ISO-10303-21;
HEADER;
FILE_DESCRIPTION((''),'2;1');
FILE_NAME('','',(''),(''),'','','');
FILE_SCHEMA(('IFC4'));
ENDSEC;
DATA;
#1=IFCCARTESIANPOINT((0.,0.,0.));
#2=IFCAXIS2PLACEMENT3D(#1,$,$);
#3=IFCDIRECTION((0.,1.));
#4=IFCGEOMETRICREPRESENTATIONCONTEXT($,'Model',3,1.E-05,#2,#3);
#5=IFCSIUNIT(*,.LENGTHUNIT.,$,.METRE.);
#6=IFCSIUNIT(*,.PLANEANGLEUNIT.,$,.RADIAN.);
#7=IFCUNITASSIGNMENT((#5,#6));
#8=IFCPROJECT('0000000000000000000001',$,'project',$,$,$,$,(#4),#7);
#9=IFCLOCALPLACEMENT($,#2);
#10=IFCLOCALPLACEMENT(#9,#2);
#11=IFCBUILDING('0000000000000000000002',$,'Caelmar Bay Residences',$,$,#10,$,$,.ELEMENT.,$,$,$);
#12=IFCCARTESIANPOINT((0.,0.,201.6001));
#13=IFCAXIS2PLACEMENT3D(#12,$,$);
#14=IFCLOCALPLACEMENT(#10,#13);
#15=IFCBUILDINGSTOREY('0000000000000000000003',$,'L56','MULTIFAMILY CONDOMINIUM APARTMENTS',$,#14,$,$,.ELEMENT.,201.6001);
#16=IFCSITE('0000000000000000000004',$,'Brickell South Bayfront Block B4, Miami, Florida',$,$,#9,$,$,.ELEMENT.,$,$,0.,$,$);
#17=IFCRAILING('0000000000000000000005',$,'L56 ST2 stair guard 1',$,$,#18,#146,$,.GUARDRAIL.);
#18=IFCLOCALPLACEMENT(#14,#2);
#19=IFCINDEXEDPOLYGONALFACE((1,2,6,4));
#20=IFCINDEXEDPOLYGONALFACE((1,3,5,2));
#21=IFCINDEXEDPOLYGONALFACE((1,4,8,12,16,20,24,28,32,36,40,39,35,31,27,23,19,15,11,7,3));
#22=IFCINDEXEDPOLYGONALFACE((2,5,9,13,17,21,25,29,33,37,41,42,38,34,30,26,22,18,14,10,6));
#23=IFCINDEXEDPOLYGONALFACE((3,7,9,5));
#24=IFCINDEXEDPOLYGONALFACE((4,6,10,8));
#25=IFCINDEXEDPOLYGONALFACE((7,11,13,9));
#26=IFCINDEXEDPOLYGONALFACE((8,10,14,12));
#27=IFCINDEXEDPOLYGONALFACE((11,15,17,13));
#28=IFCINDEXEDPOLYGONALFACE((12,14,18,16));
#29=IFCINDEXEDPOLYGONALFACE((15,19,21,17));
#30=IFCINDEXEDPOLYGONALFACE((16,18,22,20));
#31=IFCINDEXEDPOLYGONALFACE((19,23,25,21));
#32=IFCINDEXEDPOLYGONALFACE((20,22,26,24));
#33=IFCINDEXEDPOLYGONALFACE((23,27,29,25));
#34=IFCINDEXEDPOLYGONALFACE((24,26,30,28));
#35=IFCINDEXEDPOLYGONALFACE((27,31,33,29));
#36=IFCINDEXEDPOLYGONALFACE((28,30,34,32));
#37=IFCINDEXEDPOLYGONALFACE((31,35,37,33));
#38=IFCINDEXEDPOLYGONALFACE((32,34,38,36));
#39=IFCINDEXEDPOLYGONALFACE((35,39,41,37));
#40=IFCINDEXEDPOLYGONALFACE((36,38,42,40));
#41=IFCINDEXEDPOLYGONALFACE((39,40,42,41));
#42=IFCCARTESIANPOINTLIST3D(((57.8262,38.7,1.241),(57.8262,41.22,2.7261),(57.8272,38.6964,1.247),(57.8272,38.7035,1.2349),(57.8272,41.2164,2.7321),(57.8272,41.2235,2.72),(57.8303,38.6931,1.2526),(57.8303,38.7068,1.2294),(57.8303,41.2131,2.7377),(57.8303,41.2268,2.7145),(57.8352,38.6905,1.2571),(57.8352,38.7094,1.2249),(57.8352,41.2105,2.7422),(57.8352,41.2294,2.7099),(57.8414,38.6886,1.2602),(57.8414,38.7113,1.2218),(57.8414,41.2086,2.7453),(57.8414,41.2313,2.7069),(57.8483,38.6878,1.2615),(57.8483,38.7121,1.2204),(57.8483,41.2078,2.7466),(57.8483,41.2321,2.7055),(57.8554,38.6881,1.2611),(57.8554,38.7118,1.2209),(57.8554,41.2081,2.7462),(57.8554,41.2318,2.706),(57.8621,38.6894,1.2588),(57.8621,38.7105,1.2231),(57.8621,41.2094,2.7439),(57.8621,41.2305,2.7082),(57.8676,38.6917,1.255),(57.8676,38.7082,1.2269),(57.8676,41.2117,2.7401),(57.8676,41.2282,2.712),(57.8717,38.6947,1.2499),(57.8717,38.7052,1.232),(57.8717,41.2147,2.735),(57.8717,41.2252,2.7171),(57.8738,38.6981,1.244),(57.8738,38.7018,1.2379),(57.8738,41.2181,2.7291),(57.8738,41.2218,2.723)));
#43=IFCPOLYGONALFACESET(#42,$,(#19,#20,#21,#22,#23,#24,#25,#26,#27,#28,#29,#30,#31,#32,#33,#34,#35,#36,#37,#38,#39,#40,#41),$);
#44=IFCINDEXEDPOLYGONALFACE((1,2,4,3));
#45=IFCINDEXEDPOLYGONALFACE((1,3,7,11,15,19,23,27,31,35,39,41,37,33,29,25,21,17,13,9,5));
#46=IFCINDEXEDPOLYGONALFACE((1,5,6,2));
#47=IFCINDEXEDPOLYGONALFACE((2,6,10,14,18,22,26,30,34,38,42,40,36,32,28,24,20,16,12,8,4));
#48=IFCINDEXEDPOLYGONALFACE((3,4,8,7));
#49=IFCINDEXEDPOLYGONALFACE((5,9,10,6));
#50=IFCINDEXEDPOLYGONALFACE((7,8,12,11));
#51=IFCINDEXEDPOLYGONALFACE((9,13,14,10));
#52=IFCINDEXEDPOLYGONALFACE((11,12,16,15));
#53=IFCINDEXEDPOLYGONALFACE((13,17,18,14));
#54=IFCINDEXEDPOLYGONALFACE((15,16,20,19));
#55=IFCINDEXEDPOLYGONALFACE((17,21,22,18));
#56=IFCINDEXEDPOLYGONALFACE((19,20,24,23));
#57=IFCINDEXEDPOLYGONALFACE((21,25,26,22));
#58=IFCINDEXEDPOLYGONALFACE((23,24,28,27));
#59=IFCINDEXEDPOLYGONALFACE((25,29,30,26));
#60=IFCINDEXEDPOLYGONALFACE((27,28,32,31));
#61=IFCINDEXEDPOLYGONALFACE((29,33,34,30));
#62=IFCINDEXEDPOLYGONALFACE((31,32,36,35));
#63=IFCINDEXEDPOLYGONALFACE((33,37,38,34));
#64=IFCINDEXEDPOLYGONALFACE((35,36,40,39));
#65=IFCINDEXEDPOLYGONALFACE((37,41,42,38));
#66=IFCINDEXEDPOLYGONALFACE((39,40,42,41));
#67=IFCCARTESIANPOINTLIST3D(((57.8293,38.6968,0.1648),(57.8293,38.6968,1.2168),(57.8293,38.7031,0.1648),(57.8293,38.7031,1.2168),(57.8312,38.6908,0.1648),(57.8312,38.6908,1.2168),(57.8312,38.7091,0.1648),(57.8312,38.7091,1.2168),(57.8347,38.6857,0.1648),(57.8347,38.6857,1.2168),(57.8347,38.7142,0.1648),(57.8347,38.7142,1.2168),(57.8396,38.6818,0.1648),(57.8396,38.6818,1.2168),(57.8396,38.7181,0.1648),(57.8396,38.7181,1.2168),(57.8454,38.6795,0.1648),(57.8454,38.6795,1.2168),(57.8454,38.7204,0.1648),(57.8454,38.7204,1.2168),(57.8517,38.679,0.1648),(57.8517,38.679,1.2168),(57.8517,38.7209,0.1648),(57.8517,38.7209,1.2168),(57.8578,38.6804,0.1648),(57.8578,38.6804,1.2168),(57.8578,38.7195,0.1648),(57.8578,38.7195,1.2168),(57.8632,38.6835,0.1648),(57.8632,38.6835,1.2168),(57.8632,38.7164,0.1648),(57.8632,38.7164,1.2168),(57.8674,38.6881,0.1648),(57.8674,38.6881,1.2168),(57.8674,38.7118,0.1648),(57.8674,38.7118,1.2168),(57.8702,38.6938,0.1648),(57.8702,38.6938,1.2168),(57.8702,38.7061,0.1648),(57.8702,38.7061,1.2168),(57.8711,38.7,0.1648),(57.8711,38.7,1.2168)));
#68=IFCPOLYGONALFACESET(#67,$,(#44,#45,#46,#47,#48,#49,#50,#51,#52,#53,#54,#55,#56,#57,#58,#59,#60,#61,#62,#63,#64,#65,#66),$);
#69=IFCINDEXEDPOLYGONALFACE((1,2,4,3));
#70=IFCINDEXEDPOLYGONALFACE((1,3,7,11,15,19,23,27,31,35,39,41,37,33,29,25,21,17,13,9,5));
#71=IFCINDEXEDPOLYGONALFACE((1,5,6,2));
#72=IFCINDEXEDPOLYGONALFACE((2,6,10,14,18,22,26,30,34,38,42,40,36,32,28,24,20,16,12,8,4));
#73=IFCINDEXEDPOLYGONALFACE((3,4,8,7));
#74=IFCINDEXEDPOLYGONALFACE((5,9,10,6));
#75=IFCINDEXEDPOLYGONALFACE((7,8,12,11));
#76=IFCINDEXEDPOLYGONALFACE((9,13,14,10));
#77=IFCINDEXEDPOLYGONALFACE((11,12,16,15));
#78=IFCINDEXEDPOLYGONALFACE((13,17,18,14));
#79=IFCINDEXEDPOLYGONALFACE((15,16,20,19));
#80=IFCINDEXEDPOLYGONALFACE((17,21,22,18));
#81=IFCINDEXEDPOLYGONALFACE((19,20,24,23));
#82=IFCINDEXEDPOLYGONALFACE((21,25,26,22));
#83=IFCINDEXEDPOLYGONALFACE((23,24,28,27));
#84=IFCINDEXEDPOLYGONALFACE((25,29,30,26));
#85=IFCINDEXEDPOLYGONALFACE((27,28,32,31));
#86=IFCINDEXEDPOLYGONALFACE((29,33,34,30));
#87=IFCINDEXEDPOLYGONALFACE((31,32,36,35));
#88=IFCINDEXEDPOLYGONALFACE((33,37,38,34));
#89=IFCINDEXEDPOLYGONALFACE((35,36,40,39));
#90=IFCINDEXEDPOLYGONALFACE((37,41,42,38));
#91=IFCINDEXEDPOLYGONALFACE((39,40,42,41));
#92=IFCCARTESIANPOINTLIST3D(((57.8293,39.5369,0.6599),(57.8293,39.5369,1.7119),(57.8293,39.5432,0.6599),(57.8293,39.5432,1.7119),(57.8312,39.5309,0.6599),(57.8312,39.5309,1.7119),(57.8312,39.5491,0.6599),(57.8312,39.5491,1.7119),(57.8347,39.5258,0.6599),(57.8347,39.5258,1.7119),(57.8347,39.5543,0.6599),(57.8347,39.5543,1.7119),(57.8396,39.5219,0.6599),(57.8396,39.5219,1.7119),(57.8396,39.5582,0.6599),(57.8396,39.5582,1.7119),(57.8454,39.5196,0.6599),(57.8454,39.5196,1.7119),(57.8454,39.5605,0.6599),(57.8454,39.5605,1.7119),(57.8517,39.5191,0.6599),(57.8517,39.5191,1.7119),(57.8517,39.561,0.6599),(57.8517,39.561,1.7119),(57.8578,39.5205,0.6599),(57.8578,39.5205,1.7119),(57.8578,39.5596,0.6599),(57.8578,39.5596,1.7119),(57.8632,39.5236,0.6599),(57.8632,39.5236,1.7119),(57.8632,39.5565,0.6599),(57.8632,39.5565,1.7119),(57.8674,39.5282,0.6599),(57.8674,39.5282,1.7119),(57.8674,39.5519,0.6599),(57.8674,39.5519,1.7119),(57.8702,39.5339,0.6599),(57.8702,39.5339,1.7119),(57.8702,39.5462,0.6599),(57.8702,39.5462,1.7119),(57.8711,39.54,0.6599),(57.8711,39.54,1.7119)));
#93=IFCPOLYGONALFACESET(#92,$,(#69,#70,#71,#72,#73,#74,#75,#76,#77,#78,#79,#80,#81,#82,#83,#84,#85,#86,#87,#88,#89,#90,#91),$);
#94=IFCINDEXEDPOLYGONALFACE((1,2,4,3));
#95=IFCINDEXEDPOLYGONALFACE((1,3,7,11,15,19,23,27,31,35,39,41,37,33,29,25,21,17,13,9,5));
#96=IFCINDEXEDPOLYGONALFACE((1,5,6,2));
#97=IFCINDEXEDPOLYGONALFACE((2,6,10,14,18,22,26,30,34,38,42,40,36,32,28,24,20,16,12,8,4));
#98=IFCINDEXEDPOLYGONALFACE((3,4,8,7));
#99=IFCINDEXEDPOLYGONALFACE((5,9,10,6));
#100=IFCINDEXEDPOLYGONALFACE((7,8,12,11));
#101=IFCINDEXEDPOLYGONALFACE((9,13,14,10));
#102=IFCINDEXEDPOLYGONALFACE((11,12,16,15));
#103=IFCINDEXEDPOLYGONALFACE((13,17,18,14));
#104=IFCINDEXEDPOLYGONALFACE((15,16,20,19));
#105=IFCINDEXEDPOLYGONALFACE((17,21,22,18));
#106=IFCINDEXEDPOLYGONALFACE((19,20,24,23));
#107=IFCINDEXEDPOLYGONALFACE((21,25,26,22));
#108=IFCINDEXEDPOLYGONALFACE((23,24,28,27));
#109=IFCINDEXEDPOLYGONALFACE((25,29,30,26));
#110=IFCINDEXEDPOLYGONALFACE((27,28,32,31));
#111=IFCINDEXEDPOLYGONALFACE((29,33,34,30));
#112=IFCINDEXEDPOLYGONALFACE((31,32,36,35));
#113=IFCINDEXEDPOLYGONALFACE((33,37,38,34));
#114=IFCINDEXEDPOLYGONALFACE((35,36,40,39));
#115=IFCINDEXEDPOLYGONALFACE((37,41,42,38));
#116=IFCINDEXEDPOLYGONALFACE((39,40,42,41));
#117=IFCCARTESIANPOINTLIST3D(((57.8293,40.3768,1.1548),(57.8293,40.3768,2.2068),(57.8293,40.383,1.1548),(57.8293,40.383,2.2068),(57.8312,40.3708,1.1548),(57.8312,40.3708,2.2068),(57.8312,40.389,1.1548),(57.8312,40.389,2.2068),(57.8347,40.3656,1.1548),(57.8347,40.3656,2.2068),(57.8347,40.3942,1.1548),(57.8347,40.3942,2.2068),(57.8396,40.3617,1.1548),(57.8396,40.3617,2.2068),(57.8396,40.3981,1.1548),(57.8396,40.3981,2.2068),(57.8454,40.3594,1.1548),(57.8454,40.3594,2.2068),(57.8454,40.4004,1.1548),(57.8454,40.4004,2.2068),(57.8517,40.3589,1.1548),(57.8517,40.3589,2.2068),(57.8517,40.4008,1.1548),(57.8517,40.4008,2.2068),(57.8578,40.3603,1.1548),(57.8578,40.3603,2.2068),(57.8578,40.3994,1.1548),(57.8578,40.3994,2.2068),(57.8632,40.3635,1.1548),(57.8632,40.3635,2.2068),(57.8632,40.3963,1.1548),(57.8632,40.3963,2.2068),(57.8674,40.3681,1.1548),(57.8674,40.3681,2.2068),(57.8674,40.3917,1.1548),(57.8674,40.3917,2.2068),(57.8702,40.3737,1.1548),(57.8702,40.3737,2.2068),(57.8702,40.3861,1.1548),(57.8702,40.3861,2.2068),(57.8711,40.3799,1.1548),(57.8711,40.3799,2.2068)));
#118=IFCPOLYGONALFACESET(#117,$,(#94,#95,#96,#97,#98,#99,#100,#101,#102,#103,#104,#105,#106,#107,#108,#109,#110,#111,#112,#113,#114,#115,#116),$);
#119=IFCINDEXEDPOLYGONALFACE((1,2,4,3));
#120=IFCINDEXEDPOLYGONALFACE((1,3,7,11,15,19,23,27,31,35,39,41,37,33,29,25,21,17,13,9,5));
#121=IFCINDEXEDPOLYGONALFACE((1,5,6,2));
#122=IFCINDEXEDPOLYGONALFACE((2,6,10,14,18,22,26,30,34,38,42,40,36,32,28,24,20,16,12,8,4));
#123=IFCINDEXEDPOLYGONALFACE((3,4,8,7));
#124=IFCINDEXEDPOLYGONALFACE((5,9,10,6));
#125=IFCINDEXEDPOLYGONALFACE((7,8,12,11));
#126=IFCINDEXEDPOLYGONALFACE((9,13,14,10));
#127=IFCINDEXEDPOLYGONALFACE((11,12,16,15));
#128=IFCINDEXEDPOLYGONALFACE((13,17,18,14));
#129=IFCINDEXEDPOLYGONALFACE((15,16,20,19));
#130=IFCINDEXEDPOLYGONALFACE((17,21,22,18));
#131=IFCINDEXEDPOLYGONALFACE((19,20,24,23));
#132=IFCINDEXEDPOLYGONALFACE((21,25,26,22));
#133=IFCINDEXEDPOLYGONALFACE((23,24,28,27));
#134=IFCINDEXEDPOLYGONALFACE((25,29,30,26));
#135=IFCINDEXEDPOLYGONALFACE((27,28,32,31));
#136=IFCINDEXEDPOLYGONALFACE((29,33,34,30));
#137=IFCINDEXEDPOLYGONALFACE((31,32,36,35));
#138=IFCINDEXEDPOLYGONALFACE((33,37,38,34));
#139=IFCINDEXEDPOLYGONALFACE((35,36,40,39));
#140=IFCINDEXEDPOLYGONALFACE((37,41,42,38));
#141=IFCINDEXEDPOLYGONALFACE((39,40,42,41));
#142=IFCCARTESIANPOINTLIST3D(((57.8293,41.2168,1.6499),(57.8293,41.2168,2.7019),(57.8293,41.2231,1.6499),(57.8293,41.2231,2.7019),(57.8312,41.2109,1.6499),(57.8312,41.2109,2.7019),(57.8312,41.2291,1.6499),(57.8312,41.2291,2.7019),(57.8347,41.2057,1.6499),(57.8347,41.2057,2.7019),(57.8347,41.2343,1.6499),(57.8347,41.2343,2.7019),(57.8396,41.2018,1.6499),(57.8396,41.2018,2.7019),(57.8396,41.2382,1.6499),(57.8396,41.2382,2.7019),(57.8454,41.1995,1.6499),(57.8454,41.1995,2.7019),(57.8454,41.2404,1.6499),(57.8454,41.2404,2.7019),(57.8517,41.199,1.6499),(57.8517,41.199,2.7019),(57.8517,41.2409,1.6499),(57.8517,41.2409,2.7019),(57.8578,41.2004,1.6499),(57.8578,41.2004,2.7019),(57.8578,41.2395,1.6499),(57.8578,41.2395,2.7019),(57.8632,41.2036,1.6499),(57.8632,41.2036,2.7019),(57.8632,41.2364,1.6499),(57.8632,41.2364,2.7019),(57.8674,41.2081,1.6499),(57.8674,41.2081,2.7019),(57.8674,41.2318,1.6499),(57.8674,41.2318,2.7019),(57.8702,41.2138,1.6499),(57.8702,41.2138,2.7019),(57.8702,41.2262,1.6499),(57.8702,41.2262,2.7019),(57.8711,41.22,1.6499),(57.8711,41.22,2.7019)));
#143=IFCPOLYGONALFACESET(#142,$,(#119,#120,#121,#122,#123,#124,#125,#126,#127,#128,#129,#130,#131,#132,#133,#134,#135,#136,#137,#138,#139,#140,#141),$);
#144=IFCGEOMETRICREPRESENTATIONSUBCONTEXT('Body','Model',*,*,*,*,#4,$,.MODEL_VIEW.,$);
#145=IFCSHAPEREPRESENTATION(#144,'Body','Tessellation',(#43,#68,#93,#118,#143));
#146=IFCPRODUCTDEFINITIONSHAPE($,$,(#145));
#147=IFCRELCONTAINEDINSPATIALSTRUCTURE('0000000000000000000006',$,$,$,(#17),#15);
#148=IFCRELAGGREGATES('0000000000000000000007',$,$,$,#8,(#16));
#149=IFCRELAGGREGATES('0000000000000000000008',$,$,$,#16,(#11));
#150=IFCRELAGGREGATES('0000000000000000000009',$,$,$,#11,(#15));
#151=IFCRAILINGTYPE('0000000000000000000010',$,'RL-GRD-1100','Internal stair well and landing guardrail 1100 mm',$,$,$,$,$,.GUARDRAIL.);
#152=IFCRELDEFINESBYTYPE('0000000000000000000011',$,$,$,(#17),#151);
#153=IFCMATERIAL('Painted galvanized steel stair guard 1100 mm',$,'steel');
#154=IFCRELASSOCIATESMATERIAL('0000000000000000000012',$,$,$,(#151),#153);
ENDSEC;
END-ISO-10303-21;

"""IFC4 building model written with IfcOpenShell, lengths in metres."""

from ifc_helpers import new_model, si_unit, direction, frame, origin, origin_2d, place, context, subcontext, project, spatial, circle, extrude, material, type_object, element, save


model = new_model("IFC4")

# Units and contexts
model_context = context("Model", 3, precision=1e-05, world=origin(), true_north=direction((0.0, 1.0)))
body_context = subcontext(model_context, "Body", "Model", "MODEL_VIEW")
ifc_project = project(units=[si_unit("LENGTHUNIT", "METRE"), si_unit("PLANEANGLEUNIT", "RADIAN")], contexts=[model_context])

# Site, building, storey
site_placement = place(None, origin())
site = spatial("IfcSite", under=ifc_project, at=site_placement, Name="Brickell South Bayfront Block B4, Miami, Florida", CompositionType="ELEMENT", RefElevation=0.0)
building_placement = place(site_placement, origin())
building = spatial("IfcBuilding", under=site, at=building_placement, Name="Caelmar Bay Residences", CompositionType="ELEMENT")
storey_placement = place(building_placement, frame((0.0, 0.0, 201.6001)))
storey = spatial("IfcBuildingStorey", under=building, at=storey_placement, Name="L56", Description="MULTIFAMILY CONDOMINIUM APARTMENTS", CompositionType="ELEMENT", Elevation=201.6001)

# Railing
ifc_material_1 = material(Name="Painted galvanized steel stair guard 1100 mm", Category="steel")
railing_type_1 = type_object("IfcRailingType", Name="RL-GRD-1100", Description="Internal stair well and landing guardrail 1100 mm", PredefinedType="GUARDRAIL", material=ifc_material_1)
railing_1_placement = place(storey_placement, frame((57.8501, 38.7, 0.1648)))
element("IfcRailing", 1, at=railing_1_placement, inside=storey, type_object=railing_type_1, Name="L56 ST2 stair guard 1", PredefinedType="GUARDRAIL", context=body_context, shape_type="SweptSolid", body=[
    extrude(circle(Radius=0.0239, at=origin_2d()), frame((0.0, 0.0, 1.0762), z_axis=(0.0, 0.861524, 0.507717), x_axis=(-1.0, 0.0, 0.0)), (0.0, 0.0, 1.0), 2.925),
    extrude(circle(Radius=0.021, at=origin_2d()), origin(), (0.0, 0.0, 1.0), 1.052),
    extrude(circle(Radius=0.021, at=origin_2d()), frame((0.0, 0.8401, 0.4951)), (0.0, 0.0, 1.0), 1.052),
    extrude(circle(Radius=0.021, at=origin_2d()), frame((0.0, 1.6799, 0.99)), (0.0, 0.0, 1.0), 1.052),
    extrude(circle(Radius=0.021, at=origin_2d()), frame((0.0, 2.52, 1.4851)), (0.0, 0.0, 1.0), 1.052),
])

save(model, "model.ifc")
